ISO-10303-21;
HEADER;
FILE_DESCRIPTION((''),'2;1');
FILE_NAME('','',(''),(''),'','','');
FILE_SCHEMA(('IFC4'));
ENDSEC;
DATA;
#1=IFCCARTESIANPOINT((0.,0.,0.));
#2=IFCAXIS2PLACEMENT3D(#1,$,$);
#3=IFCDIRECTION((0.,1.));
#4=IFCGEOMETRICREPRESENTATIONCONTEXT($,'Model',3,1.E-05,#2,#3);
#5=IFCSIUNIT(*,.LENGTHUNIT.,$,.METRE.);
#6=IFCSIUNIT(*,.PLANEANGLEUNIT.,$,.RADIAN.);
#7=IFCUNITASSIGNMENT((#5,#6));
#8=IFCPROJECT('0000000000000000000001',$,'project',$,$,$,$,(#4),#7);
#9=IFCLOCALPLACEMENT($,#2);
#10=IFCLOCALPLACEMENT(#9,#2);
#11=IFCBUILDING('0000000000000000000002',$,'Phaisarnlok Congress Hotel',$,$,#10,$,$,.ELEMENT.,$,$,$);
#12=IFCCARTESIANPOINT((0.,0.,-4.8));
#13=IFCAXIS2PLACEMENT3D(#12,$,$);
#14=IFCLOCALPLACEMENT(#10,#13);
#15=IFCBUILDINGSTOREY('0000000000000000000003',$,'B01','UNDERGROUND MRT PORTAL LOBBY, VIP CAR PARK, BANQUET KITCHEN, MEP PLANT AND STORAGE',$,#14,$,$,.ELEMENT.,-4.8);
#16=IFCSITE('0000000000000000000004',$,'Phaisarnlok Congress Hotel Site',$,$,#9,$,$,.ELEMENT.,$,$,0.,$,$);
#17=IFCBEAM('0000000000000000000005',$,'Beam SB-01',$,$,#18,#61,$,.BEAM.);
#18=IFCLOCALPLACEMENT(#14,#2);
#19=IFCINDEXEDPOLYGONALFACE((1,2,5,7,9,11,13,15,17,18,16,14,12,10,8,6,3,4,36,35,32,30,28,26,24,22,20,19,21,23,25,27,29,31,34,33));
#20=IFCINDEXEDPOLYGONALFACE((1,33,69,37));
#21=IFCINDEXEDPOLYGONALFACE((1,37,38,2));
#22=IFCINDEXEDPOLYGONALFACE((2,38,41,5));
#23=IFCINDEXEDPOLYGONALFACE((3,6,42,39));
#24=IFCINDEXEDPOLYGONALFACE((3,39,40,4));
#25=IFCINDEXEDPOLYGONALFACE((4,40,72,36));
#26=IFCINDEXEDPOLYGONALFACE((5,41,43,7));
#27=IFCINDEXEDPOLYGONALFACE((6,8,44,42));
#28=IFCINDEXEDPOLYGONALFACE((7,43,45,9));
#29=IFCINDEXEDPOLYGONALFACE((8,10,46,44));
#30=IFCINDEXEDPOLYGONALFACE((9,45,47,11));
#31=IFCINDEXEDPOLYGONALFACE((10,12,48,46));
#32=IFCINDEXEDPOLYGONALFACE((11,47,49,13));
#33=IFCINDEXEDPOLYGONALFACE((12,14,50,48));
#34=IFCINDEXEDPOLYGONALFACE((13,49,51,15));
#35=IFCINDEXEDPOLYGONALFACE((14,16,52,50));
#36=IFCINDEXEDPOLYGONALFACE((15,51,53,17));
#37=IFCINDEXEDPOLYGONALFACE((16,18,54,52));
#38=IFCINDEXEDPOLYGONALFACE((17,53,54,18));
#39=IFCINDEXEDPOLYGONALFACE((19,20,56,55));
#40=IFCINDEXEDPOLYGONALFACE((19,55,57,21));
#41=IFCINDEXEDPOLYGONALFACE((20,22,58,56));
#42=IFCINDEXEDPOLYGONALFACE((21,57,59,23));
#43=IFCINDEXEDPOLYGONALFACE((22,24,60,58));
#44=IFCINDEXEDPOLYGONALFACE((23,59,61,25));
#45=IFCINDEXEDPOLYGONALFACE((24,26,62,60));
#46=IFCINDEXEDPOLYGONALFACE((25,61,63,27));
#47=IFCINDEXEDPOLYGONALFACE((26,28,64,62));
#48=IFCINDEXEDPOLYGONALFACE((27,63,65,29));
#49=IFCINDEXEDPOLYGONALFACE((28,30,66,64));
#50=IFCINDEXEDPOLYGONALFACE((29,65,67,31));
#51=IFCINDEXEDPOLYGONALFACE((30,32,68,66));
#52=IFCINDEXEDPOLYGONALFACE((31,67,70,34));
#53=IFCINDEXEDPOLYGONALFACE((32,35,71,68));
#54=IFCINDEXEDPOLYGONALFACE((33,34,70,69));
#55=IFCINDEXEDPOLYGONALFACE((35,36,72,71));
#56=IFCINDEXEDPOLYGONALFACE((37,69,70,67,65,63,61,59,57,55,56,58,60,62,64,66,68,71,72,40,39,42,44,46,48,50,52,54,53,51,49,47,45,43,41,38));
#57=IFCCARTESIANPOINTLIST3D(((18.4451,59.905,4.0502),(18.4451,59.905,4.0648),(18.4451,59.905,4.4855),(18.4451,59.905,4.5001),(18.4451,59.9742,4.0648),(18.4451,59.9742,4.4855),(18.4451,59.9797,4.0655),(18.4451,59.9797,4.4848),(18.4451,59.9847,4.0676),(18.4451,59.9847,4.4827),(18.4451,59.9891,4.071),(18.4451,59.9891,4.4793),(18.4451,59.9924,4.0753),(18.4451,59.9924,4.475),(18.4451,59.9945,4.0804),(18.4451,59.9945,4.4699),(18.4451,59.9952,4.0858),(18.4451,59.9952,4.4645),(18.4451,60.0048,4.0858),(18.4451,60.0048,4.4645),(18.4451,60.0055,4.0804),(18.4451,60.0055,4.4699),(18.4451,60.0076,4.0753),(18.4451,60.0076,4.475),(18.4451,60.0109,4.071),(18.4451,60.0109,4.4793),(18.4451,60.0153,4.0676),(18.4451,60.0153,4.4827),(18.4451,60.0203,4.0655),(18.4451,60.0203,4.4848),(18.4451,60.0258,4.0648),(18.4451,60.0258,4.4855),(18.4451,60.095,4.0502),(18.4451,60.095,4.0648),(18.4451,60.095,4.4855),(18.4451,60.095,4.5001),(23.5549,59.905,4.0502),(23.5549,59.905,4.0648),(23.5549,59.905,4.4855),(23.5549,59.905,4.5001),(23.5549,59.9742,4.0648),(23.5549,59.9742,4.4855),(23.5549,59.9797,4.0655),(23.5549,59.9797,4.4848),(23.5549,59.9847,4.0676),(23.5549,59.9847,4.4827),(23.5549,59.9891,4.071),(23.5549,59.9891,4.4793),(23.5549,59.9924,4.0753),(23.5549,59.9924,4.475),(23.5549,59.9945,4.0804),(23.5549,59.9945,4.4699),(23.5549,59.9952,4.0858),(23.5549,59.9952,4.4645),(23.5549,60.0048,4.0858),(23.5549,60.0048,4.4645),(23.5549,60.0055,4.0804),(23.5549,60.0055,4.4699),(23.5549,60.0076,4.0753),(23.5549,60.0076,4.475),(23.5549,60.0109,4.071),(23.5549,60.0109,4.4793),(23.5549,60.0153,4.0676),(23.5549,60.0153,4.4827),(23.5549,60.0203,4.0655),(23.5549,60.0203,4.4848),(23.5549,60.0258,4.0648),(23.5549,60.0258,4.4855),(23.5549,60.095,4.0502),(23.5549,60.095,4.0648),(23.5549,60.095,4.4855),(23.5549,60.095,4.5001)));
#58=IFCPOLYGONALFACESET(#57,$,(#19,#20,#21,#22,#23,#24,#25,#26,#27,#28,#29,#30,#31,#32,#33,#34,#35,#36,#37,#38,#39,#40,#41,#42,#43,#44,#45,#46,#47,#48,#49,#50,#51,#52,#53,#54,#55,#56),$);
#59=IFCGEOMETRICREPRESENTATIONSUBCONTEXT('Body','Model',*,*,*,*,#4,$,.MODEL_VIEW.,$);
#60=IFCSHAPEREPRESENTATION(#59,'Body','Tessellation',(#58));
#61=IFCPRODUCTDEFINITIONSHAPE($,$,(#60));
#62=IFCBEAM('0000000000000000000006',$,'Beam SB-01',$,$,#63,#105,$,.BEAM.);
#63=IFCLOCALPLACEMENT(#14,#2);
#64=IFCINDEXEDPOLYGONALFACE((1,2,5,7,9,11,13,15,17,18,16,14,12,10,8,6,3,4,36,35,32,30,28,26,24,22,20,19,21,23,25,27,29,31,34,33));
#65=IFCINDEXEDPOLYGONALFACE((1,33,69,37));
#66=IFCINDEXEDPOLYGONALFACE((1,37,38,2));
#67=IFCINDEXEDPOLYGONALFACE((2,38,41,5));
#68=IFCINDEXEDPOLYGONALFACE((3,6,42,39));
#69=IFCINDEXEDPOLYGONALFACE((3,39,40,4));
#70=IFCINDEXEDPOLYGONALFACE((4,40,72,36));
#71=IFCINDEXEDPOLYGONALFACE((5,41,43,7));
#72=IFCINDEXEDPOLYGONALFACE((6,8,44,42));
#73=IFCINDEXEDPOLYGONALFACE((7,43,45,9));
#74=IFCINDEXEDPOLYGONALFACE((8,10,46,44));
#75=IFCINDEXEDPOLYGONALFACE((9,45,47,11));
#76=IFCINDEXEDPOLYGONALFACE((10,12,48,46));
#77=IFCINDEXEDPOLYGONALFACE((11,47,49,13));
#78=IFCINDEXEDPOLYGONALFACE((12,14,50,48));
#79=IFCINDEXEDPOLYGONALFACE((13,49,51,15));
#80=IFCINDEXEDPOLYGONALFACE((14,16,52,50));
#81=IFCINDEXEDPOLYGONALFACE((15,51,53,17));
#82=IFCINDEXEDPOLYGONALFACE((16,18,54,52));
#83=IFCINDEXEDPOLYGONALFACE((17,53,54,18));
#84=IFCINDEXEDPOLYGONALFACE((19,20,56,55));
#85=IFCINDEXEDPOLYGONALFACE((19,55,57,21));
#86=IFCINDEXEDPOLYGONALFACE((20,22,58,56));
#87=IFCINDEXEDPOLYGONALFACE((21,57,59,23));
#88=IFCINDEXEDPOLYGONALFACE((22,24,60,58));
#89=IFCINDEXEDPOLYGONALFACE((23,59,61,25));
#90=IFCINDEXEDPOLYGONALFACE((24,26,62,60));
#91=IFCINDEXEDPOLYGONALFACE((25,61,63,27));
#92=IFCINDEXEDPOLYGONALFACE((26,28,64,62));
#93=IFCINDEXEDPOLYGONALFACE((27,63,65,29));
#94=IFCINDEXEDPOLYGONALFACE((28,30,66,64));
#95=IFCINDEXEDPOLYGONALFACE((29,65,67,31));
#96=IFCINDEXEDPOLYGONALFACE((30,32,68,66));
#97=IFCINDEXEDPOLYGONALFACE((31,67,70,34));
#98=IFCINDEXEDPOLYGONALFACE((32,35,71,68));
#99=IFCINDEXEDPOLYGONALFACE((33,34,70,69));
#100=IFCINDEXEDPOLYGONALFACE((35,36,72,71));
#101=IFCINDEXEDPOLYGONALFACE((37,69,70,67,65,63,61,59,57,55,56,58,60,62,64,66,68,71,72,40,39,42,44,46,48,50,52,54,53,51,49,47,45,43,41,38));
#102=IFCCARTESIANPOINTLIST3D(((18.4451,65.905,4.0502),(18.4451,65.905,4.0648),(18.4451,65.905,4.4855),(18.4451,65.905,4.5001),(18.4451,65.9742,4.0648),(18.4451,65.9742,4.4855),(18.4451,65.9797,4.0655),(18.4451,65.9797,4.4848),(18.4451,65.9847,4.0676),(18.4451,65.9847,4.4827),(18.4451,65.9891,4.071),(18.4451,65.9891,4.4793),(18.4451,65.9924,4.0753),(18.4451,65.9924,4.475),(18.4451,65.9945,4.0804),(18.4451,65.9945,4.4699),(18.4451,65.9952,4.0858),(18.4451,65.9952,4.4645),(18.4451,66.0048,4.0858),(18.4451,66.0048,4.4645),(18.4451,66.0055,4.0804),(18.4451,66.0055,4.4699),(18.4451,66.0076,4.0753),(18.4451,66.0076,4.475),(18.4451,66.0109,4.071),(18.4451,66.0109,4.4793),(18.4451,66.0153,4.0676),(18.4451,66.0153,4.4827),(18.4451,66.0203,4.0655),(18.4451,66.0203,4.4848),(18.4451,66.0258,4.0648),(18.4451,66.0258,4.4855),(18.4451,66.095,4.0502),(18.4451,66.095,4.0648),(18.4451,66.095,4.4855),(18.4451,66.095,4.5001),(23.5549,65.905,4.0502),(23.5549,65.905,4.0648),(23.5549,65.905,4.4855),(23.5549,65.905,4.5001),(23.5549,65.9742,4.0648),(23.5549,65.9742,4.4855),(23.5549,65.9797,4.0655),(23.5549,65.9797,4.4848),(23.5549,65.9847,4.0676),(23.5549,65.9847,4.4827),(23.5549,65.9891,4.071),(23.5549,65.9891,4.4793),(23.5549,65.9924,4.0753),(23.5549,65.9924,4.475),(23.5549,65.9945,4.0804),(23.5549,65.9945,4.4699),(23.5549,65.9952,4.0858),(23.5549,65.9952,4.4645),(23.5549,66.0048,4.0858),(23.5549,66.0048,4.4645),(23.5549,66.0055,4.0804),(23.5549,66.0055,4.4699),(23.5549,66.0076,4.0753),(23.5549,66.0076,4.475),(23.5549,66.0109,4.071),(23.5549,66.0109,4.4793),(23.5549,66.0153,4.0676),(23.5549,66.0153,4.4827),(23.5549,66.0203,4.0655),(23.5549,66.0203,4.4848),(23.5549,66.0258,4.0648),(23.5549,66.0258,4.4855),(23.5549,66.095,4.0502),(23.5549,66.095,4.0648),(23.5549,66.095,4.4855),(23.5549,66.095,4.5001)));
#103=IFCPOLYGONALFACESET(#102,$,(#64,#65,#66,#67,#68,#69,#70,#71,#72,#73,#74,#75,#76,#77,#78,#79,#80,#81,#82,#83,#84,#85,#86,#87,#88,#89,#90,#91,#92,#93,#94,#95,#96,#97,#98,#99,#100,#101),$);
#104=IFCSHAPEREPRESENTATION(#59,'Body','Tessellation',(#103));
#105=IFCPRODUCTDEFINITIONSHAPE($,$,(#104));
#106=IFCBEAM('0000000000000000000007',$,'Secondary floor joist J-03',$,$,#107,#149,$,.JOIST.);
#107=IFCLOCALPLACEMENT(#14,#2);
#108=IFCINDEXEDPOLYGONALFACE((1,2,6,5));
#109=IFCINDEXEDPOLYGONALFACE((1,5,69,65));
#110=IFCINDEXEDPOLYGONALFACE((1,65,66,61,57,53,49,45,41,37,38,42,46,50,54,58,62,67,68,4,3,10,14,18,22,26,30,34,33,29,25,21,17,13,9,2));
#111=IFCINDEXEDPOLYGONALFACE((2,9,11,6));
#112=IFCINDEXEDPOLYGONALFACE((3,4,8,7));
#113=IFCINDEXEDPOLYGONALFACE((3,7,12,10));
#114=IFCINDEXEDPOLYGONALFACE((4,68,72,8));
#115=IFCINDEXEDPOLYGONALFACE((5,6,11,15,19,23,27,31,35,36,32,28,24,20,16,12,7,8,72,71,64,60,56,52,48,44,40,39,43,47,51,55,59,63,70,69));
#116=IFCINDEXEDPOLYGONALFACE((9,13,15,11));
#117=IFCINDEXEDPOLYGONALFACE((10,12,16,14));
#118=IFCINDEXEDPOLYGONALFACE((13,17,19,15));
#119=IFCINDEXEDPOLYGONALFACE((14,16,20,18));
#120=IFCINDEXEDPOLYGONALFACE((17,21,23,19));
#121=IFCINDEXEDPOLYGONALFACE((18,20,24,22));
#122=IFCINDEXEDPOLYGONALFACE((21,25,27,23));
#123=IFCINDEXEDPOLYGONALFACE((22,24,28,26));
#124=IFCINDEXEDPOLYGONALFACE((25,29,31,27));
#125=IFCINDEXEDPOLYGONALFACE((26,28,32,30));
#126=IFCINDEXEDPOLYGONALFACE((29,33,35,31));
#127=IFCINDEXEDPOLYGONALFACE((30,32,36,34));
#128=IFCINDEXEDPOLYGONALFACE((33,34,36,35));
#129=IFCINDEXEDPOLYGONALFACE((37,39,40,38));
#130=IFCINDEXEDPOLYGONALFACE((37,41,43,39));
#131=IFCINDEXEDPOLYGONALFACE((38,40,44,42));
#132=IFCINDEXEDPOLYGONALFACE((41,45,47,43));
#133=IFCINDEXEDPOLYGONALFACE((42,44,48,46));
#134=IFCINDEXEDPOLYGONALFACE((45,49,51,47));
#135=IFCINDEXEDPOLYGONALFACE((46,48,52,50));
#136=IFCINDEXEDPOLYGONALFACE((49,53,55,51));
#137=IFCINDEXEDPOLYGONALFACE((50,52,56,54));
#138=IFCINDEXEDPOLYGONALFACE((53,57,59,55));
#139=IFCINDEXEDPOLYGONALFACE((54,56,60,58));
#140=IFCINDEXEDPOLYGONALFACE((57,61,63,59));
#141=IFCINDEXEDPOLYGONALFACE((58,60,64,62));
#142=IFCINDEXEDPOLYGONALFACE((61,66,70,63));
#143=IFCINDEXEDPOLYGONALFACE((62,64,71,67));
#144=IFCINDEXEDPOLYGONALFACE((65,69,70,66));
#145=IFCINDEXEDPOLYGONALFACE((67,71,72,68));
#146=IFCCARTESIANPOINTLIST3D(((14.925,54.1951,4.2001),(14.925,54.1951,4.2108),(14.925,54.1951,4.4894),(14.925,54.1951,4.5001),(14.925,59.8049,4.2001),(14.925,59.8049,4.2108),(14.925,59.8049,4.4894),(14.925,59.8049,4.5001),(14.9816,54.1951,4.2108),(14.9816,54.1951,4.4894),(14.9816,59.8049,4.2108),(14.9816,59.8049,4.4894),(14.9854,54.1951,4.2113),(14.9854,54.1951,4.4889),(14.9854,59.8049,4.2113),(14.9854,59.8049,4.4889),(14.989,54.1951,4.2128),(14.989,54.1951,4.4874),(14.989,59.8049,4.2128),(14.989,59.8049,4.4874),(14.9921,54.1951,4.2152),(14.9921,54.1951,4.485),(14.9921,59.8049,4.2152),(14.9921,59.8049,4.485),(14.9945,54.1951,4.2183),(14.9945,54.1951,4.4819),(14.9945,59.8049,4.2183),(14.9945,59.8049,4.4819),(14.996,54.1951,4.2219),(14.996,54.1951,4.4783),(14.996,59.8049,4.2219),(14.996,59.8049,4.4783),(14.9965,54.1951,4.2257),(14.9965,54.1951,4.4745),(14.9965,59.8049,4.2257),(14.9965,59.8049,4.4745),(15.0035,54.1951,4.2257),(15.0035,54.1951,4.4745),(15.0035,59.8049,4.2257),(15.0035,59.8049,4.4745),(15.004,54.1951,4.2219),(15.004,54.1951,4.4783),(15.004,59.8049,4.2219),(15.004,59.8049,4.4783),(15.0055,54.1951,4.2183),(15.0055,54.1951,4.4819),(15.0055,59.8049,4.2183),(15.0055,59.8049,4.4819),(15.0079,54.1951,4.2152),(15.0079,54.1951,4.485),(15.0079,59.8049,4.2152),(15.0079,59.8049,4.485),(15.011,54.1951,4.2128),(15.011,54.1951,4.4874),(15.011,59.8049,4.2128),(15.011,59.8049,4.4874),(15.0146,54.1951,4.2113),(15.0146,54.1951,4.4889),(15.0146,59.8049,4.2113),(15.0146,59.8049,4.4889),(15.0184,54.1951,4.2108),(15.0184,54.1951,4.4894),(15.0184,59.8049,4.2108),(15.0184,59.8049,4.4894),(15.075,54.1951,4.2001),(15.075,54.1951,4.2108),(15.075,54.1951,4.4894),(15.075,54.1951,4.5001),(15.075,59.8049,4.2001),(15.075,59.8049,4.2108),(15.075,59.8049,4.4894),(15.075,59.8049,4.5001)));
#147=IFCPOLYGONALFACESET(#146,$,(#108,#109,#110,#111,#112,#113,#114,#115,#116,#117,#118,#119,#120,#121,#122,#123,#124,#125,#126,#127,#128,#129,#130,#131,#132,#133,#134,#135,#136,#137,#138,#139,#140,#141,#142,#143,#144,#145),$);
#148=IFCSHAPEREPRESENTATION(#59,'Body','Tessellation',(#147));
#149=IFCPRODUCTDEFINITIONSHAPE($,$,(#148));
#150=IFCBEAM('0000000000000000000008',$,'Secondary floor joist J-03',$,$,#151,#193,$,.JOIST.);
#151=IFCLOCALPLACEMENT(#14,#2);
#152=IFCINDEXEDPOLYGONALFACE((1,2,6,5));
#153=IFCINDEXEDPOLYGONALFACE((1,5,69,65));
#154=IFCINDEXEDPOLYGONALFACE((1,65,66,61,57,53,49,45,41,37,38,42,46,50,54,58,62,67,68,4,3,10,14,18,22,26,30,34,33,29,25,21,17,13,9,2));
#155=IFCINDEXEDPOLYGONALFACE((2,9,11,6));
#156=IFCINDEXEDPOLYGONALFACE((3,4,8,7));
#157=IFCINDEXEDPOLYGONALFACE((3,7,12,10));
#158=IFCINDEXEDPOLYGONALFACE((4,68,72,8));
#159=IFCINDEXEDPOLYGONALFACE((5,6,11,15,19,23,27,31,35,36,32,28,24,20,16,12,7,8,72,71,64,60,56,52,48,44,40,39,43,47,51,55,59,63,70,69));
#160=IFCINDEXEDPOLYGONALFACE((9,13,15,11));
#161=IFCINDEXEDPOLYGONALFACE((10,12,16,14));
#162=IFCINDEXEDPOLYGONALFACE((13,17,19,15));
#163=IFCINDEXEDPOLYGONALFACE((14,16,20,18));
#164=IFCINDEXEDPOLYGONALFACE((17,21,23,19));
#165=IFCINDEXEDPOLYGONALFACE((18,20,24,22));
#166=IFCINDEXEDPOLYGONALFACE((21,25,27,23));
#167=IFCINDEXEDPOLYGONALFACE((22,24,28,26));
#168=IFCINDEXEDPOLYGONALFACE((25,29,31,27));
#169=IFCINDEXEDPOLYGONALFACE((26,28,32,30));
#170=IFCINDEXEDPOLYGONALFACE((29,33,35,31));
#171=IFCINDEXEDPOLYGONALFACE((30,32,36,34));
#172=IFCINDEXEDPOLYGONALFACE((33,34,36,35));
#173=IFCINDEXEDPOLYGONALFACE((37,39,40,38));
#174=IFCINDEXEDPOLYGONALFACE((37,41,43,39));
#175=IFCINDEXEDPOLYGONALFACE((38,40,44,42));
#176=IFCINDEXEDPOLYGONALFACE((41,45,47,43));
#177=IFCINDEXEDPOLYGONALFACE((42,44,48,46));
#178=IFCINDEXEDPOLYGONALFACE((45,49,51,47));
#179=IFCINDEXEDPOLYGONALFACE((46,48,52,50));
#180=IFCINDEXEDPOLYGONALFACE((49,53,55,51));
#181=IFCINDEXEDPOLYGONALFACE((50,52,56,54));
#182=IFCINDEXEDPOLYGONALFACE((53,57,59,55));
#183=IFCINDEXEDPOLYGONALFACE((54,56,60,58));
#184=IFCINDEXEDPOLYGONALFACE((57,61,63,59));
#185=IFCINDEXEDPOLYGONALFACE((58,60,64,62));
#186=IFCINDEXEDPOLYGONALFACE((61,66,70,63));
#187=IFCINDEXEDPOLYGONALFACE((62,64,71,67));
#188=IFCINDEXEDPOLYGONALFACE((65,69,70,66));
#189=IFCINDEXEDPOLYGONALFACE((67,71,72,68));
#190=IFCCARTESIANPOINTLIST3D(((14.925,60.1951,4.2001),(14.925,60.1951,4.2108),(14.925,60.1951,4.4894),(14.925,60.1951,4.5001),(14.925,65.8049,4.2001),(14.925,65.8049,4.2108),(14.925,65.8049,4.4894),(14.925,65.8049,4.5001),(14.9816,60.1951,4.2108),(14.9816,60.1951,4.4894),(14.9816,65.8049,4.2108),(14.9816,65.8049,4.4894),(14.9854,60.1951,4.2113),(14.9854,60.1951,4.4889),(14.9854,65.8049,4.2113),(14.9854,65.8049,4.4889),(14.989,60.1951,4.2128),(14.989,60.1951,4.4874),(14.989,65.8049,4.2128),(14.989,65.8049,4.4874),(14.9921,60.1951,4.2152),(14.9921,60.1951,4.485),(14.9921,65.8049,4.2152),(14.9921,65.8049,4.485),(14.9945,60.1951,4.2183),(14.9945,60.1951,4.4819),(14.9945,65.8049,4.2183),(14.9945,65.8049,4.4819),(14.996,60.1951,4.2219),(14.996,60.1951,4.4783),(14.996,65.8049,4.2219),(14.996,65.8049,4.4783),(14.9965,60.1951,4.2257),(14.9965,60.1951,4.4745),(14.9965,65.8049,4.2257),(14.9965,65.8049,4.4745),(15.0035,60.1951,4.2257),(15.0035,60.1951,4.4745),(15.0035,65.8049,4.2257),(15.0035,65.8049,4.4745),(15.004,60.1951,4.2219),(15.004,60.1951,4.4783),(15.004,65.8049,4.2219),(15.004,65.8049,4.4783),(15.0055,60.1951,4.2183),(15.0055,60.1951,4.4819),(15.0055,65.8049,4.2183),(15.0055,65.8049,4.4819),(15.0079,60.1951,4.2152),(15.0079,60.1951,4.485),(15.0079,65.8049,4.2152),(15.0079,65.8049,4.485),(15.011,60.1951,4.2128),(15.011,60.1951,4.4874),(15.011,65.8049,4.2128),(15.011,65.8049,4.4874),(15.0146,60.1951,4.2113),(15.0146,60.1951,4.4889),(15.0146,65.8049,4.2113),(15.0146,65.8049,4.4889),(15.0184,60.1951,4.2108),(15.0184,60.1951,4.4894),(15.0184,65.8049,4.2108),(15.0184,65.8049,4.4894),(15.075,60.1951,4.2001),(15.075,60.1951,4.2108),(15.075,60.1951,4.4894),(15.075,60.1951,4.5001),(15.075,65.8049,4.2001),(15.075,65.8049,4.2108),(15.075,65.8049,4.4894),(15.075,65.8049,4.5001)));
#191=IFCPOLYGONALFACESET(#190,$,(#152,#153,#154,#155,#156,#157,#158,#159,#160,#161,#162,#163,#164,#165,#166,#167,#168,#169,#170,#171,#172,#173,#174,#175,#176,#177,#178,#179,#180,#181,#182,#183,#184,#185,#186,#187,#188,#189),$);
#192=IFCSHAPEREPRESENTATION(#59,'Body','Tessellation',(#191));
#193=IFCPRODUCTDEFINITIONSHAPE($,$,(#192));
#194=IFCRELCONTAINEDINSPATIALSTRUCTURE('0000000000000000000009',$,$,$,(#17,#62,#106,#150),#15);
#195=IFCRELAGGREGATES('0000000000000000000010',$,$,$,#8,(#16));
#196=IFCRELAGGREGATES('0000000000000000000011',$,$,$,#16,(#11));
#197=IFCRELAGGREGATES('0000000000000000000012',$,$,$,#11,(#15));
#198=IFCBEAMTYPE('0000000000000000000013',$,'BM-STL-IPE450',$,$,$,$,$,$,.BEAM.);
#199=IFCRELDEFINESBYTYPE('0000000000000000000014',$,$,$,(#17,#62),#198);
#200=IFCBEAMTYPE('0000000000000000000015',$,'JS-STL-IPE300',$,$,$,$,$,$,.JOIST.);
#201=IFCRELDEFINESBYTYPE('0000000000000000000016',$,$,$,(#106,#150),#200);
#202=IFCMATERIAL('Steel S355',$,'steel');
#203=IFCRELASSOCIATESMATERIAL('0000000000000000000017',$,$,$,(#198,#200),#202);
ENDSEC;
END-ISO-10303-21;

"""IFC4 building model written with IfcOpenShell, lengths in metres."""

from ifc_helpers import new_model, si_unit, direction, frame, origin, origin_2d, place, context, subcontext, project, spatial, i_section, extrude, material, material_profile, profile_set, type_object, element, save


model = new_model("IFC4")

# Units and contexts
model_context = context("Model", 3, precision=1e-05, world=origin(), true_north=direction((0.0, 1.0)))
body_context = subcontext(model_context, "Body", "Model", "MODEL_VIEW")
ifc_project = project(units=[si_unit("LENGTHUNIT", "METRE"), si_unit("PLANEANGLEUNIT", "RADIAN")], contexts=[model_context])

# Site, building, storey
site_placement = place(None, origin())
site = spatial("IfcSite", under=ifc_project, at=site_placement, Name="Phaisarnlok Congress Hotel Site", CompositionType="ELEMENT", RefElevation=0.0)
building_placement = place(site_placement, origin())
building = spatial("IfcBuilding", under=site, at=building_placement, Name="Phaisarnlok Congress Hotel", CompositionType="ELEMENT")
storey_placement = place(building_placement, frame((0.0, 0.0, -4.8)))
storey = spatial("IfcBuildingStorey", under=building, at=storey_placement, Name="B01", Description="UNDERGROUND MRT PORTAL LOBBY, VIP CAR PARK, BANQUET KITCHEN, MEP PLANT AND STORAGE", CompositionType="ELEMENT", Elevation=-4.8)

# Beams
ifc_material_1 = material(Name="Steel S355", Category="steel")
ifc_material_profile_1 = material_profile(ifc_material_1, i_section(OverallWidth=0.1899, OverallDepth=0.45, WebThickness=0.0095, FlangeThickness=0.0146, FilletRadius=0.021, at=origin_2d()), Name="IPE 450")
ifc_profile_set_1 = profile_set([ifc_material_profile_1], Name="Steel S355")
beam_type_1 = type_object("IfcBeamType", Name="BM-STL-IPE450", PredefinedType="BEAM", material=ifc_profile_set_1)
for number, where, z_axis, x_axis, name in (
    (1, (18.4451, 60.0, 4.2751), (1.0, 0.0, 0.0), (0.0, 1.0, 0.0), "Beam SB-01"),
    (2, (18.4451, 66.0, 4.2751), (1.0, 0.0, 0.0), (0.0, 1.0, 0.0), "Beam SB-01"),
):
    element("IfcBeam", number, at=place(storey_placement, frame(where, z_axis=z_axis, x_axis=x_axis)), inside=storey, type_object=beam_type_1, Name=name, PredefinedType="BEAM", context=body_context, shape_type="SweptSolid", body=[
        extrude(i_section(OverallWidth=0.1899, OverallDepth=0.45, WebThickness=0.0095, FlangeThickness=0.0146, FilletRadius=0.021, at=origin_2d()), origin(), (0.0, 0.0, 1.0), 5.1099),
    ])
ifc_material_profile_2 = material_profile(ifc_material_1, i_section(OverallWidth=0.1499, OverallDepth=0.3, WebThickness=0.0071, FlangeThickness=0.0107, FilletRadius=0.0149, at=origin_2d()), Name="IPE 300")
ifc_profile_set_2 = profile_set([ifc_material_profile_2], Name="Steel S355")
beam_type_2 = type_object("IfcBeamType", Name="JS-STL-IPE300", PredefinedType="JOIST", material=ifc_profile_set_2)
for number, where, z_axis, x_axis, name in (
    (3, (15.0, 54.1951, 4.3501), (0.0, 1.0, 0.0), (-1.0, 0.0, 0.0), "Secondary floor joist J-03"),
    (4, (15.0, 60.1951, 4.3501), (0.0, 1.0, 0.0), (-1.0, 0.0, 0.0), "Secondary floor joist J-03"),
):
    element("IfcBeam", number, at=place(storey_placement, frame(where, z_axis=z_axis, x_axis=x_axis)), inside=storey, type_object=beam_type_2, Name=name, PredefinedType="JOIST", context=body_context, shape_type="SweptSolid", body=[
        extrude(i_section(OverallWidth=0.1499, OverallDepth=0.3, WebThickness=0.0071, FlangeThickness=0.0107, FilletRadius=0.0149, at=origin_2d()), origin(), (0.0, 0.0, 1.0), 5.6099),
    ])

save(model, "model.ifc")
